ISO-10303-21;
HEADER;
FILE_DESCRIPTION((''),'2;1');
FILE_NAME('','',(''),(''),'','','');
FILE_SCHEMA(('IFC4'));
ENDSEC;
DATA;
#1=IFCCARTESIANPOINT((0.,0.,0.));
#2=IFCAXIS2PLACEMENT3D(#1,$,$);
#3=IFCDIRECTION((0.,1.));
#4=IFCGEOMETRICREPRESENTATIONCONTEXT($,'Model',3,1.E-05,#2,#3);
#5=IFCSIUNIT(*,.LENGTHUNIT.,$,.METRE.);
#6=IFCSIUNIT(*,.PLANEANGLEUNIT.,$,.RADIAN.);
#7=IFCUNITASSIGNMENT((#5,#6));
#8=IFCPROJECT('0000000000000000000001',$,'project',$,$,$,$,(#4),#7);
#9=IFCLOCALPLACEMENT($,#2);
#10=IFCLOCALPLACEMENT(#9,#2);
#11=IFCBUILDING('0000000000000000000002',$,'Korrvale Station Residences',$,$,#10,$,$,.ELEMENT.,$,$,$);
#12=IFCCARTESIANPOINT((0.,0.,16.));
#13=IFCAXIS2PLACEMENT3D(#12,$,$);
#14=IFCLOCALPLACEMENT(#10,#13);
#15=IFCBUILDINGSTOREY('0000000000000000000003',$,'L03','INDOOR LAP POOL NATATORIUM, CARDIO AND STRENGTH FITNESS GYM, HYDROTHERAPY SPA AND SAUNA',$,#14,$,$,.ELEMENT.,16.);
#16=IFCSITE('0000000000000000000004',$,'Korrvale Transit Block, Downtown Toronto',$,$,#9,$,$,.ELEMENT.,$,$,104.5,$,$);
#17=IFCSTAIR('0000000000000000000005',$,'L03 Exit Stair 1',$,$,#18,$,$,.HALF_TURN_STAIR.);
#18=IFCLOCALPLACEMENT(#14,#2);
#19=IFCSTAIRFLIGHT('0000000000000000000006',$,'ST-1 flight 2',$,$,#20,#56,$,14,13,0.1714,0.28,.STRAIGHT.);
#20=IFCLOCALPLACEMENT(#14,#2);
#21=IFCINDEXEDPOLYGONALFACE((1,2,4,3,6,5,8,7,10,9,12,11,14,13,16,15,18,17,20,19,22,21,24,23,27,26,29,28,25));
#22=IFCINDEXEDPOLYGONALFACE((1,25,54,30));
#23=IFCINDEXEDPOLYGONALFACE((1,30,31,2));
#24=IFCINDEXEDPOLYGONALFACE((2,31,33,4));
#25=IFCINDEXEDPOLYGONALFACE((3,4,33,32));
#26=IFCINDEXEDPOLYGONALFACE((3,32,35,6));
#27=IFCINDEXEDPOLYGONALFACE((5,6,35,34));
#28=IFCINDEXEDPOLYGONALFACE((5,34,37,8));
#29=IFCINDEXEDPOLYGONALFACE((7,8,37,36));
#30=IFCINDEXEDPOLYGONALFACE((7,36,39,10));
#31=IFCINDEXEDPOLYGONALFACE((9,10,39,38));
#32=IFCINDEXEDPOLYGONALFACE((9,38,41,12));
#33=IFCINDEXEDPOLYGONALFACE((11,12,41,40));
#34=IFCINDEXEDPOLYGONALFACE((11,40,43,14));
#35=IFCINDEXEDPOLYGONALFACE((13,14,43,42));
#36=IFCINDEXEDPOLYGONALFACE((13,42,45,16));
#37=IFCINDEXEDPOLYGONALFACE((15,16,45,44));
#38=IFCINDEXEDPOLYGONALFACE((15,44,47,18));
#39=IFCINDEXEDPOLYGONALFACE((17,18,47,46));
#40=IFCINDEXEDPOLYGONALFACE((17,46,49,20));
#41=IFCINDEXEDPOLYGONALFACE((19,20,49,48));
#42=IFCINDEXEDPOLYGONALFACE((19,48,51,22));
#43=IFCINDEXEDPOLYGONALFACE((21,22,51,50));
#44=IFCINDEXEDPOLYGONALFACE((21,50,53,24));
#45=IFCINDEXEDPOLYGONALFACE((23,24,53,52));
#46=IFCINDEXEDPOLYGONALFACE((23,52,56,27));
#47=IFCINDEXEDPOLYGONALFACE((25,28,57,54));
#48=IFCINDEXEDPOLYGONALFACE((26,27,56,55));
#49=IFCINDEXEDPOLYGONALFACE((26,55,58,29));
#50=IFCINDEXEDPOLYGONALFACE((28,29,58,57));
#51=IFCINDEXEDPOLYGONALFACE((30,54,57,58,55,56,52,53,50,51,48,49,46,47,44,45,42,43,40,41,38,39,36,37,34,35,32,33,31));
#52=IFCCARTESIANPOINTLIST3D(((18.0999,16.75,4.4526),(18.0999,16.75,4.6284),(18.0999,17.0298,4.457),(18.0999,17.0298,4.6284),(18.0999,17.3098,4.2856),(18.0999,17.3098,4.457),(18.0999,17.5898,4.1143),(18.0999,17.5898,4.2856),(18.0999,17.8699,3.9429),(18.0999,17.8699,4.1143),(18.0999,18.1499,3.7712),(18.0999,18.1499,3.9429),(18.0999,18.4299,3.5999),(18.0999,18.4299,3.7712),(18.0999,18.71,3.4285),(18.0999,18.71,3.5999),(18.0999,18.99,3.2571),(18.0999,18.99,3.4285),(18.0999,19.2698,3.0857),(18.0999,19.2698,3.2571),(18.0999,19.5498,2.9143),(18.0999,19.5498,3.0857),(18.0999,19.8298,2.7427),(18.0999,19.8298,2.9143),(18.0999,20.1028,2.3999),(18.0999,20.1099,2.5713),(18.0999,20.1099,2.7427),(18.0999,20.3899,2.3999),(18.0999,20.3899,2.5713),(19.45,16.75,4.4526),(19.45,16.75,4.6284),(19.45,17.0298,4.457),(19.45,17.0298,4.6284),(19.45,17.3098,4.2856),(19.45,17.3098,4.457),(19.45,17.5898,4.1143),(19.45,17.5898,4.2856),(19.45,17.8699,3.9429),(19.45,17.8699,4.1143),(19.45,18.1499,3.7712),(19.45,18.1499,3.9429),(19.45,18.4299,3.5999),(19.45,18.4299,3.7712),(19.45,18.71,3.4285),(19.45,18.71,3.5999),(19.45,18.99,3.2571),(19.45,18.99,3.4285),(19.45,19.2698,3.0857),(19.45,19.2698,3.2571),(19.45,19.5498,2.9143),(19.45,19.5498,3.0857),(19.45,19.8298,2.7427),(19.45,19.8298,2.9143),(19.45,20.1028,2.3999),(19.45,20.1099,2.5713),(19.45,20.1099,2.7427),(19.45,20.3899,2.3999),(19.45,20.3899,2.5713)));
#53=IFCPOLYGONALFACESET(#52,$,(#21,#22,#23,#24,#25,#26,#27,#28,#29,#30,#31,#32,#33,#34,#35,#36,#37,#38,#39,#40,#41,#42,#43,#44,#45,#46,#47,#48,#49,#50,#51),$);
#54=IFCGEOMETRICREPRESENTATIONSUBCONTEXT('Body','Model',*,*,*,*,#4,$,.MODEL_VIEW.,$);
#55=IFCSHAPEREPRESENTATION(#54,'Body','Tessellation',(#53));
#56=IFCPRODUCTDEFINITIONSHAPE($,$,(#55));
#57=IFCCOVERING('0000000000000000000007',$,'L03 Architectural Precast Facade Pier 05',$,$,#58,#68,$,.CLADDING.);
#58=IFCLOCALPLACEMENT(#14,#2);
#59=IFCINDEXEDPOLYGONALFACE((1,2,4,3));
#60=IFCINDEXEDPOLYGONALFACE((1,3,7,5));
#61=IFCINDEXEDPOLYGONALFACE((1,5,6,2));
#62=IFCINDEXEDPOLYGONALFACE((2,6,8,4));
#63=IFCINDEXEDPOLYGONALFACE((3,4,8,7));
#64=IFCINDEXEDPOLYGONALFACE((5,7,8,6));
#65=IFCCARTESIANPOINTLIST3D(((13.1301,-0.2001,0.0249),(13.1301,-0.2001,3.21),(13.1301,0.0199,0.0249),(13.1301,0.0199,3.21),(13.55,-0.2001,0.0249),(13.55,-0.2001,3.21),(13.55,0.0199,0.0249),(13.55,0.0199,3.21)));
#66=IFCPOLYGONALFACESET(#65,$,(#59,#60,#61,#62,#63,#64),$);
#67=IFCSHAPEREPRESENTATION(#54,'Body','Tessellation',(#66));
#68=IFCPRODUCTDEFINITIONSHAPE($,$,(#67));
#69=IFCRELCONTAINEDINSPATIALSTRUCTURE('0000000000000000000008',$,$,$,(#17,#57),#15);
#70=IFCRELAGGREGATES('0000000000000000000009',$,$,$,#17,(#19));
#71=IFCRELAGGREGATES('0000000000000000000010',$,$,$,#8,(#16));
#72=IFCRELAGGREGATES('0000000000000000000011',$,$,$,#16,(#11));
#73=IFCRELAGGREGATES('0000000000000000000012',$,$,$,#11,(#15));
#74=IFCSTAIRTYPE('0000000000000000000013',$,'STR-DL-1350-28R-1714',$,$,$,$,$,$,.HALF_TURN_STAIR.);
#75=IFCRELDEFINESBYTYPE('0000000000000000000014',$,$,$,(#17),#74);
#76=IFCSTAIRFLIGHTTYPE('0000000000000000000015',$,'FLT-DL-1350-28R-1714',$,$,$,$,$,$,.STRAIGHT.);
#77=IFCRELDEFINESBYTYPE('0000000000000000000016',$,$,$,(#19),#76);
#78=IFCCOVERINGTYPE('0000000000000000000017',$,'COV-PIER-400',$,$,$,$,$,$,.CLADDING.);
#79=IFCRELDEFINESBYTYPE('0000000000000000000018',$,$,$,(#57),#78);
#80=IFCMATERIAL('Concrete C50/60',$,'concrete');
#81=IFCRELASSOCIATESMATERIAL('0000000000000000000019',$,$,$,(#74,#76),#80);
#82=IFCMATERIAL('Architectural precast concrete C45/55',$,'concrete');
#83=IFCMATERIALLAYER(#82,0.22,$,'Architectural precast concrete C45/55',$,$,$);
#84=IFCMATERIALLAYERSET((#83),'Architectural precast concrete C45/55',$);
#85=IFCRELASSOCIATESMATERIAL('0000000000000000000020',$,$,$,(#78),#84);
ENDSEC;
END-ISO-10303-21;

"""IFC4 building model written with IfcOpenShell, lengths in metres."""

from ifc_helpers import new_model, si_unit, direction, frame, origin, origin_2d, place, context, subcontext, project, spatial, polyline, rectangle, outline, extrude, material, layer, layer_set, type_object, element, aggregate, save


model = new_model("IFC4")

# Units and contexts
model_context = context("Model", 3, precision=1e-05, world=origin(), true_north=direction((0.0, 1.0)))
body_context = subcontext(model_context, "Body", "Model", "MODEL_VIEW")
ifc_project = project(units=[si_unit("LENGTHUNIT", "METRE"), si_unit("PLANEANGLEUNIT", "RADIAN")], contexts=[model_context])

# Site, building, storey
site_placement = place(None, origin())
site = spatial("IfcSite", under=ifc_project, at=site_placement, Name="Korrvale Transit Block, Downtown Toronto", CompositionType="ELEMENT", RefElevation=104.5)
building_placement = place(site_placement, origin())
building = spatial("IfcBuilding", under=site, at=building_placement, Name="Korrvale Station Residences", CompositionType="ELEMENT")
storey_placement = place(building_placement, frame((0.0, 0.0, 16.0)))
storey = spatial("IfcBuildingStorey", under=building, at=storey_placement, Name="L03", Description="INDOOR LAP POOL NATATORIUM, CARDIO AND STRENGTH FITNESS GYM, HYDROTHERAPY SPA AND SAUNA", CompositionType="ELEMENT", Elevation=16.0)

# Stair, stair flight
ifc_material_1 = material(Name="Concrete C50/60", Category="concrete")
stair_type = type_object("IfcStairType", Name="STR-DL-1350-28R-1714", PredefinedType="HALF_TURN_STAIR", material=ifc_material_1)
stair_placement = place(storey_placement, origin())
stair = element("IfcStair", 1, at=stair_placement, inside=storey, type_object=stair_type, Name="L03 Exit Stair 1", PredefinedType="HALF_TURN_STAIR")
stair_flight_type = type_object("IfcStairFlightType", Name="FLT-DL-1350-28R-1714", PredefinedType="STRAIGHT", material=ifc_material_1)
stair_flight_1_placement = place(storey_placement, frame((18.7749, 20.3899, 2.3999), z_axis=(0.0, 0.0, 1.0), x_axis=(0.0, -1.0, 0.0)))
stair_flight_1 = element("IfcStairFlight", 2, at=stair_flight_1_placement, type_object=stair_flight_type, Name="ST-1 flight 2", NumberOfRisers=14, NumberOfTreads=13, PredefinedType="STRAIGHT", RiserHeight=0.1714, TreadLength=0.28, context=body_context, shape_type="SweptSolid", body=[
    extrude(outline(polyline([(0.0, 0.0), (0.0, 0.1714), (0.28, 0.1714), (0.28, 0.3428), (0.5601, 0.3428), (0.5601, 0.5144), (0.8401, 0.5144), (0.8401, 0.6858), (1.1201, 0.6858), (1.1201, 0.8572), (1.3999, 0.8572), (1.3999, 1.0286), (1.6799, 1.0286), (1.6799, 1.2), (1.96, 1.2), (1.96, 1.3713), (2.24, 1.3713), (2.24, 1.543), (2.52, 1.543), (2.52, 1.7144), (2.8, 1.7144), (2.8, 1.8857), (3.0801, 1.8857), (3.0801, 2.0571), (3.3601, 2.0571), (3.3601, 2.2285), (3.6399, 2.2285), (3.6399, 2.3999), (3.6399, 2.0527), (0.2871, 0.0), (0.0, 0.0)])), frame((0.0, 0.675, 0.0), z_axis=(0.0, -1.0, 0.0), x_axis=(1.0, 0.0, 0.0)), (0.0, 0.0, 1.0), 1.3501),
])
aggregate(stair, [stair_flight_1])

# Covering
ifc_material_2 = material(Name="Architectural precast concrete C45/55", Category="concrete")
ifc_layer_1 = layer(ifc_material_2, 0.22, Name="Architectural precast concrete C45/55")
ifc_layer_set_1 = layer_set([ifc_layer_1], Name="Architectural precast concrete C45/55")
covering_type = type_object("IfcCoveringType", Name="COV-PIER-400", PredefinedType="CLADDING", material=ifc_layer_set_1)
covering_placement = place(storey_placement, frame((13.3401, -0.0901, 0.0249), z_axis=(0.0, 0.0, 1.0), x_axis=(1.0, 0.0, 0.0)))
element("IfcCovering", 3, at=covering_placement, inside=storey, type_object=covering_type, Name="L03 Architectural Precast Facade Pier 05", PredefinedType="CLADDING", context=body_context, shape_type="SweptSolid", body=[
    extrude(rectangle(XDim=0.4199, YDim=0.22, at=origin_2d()), origin(), (0.0, 0.0, 1.0), 3.1851),
])

save(model, "model.ifc")
